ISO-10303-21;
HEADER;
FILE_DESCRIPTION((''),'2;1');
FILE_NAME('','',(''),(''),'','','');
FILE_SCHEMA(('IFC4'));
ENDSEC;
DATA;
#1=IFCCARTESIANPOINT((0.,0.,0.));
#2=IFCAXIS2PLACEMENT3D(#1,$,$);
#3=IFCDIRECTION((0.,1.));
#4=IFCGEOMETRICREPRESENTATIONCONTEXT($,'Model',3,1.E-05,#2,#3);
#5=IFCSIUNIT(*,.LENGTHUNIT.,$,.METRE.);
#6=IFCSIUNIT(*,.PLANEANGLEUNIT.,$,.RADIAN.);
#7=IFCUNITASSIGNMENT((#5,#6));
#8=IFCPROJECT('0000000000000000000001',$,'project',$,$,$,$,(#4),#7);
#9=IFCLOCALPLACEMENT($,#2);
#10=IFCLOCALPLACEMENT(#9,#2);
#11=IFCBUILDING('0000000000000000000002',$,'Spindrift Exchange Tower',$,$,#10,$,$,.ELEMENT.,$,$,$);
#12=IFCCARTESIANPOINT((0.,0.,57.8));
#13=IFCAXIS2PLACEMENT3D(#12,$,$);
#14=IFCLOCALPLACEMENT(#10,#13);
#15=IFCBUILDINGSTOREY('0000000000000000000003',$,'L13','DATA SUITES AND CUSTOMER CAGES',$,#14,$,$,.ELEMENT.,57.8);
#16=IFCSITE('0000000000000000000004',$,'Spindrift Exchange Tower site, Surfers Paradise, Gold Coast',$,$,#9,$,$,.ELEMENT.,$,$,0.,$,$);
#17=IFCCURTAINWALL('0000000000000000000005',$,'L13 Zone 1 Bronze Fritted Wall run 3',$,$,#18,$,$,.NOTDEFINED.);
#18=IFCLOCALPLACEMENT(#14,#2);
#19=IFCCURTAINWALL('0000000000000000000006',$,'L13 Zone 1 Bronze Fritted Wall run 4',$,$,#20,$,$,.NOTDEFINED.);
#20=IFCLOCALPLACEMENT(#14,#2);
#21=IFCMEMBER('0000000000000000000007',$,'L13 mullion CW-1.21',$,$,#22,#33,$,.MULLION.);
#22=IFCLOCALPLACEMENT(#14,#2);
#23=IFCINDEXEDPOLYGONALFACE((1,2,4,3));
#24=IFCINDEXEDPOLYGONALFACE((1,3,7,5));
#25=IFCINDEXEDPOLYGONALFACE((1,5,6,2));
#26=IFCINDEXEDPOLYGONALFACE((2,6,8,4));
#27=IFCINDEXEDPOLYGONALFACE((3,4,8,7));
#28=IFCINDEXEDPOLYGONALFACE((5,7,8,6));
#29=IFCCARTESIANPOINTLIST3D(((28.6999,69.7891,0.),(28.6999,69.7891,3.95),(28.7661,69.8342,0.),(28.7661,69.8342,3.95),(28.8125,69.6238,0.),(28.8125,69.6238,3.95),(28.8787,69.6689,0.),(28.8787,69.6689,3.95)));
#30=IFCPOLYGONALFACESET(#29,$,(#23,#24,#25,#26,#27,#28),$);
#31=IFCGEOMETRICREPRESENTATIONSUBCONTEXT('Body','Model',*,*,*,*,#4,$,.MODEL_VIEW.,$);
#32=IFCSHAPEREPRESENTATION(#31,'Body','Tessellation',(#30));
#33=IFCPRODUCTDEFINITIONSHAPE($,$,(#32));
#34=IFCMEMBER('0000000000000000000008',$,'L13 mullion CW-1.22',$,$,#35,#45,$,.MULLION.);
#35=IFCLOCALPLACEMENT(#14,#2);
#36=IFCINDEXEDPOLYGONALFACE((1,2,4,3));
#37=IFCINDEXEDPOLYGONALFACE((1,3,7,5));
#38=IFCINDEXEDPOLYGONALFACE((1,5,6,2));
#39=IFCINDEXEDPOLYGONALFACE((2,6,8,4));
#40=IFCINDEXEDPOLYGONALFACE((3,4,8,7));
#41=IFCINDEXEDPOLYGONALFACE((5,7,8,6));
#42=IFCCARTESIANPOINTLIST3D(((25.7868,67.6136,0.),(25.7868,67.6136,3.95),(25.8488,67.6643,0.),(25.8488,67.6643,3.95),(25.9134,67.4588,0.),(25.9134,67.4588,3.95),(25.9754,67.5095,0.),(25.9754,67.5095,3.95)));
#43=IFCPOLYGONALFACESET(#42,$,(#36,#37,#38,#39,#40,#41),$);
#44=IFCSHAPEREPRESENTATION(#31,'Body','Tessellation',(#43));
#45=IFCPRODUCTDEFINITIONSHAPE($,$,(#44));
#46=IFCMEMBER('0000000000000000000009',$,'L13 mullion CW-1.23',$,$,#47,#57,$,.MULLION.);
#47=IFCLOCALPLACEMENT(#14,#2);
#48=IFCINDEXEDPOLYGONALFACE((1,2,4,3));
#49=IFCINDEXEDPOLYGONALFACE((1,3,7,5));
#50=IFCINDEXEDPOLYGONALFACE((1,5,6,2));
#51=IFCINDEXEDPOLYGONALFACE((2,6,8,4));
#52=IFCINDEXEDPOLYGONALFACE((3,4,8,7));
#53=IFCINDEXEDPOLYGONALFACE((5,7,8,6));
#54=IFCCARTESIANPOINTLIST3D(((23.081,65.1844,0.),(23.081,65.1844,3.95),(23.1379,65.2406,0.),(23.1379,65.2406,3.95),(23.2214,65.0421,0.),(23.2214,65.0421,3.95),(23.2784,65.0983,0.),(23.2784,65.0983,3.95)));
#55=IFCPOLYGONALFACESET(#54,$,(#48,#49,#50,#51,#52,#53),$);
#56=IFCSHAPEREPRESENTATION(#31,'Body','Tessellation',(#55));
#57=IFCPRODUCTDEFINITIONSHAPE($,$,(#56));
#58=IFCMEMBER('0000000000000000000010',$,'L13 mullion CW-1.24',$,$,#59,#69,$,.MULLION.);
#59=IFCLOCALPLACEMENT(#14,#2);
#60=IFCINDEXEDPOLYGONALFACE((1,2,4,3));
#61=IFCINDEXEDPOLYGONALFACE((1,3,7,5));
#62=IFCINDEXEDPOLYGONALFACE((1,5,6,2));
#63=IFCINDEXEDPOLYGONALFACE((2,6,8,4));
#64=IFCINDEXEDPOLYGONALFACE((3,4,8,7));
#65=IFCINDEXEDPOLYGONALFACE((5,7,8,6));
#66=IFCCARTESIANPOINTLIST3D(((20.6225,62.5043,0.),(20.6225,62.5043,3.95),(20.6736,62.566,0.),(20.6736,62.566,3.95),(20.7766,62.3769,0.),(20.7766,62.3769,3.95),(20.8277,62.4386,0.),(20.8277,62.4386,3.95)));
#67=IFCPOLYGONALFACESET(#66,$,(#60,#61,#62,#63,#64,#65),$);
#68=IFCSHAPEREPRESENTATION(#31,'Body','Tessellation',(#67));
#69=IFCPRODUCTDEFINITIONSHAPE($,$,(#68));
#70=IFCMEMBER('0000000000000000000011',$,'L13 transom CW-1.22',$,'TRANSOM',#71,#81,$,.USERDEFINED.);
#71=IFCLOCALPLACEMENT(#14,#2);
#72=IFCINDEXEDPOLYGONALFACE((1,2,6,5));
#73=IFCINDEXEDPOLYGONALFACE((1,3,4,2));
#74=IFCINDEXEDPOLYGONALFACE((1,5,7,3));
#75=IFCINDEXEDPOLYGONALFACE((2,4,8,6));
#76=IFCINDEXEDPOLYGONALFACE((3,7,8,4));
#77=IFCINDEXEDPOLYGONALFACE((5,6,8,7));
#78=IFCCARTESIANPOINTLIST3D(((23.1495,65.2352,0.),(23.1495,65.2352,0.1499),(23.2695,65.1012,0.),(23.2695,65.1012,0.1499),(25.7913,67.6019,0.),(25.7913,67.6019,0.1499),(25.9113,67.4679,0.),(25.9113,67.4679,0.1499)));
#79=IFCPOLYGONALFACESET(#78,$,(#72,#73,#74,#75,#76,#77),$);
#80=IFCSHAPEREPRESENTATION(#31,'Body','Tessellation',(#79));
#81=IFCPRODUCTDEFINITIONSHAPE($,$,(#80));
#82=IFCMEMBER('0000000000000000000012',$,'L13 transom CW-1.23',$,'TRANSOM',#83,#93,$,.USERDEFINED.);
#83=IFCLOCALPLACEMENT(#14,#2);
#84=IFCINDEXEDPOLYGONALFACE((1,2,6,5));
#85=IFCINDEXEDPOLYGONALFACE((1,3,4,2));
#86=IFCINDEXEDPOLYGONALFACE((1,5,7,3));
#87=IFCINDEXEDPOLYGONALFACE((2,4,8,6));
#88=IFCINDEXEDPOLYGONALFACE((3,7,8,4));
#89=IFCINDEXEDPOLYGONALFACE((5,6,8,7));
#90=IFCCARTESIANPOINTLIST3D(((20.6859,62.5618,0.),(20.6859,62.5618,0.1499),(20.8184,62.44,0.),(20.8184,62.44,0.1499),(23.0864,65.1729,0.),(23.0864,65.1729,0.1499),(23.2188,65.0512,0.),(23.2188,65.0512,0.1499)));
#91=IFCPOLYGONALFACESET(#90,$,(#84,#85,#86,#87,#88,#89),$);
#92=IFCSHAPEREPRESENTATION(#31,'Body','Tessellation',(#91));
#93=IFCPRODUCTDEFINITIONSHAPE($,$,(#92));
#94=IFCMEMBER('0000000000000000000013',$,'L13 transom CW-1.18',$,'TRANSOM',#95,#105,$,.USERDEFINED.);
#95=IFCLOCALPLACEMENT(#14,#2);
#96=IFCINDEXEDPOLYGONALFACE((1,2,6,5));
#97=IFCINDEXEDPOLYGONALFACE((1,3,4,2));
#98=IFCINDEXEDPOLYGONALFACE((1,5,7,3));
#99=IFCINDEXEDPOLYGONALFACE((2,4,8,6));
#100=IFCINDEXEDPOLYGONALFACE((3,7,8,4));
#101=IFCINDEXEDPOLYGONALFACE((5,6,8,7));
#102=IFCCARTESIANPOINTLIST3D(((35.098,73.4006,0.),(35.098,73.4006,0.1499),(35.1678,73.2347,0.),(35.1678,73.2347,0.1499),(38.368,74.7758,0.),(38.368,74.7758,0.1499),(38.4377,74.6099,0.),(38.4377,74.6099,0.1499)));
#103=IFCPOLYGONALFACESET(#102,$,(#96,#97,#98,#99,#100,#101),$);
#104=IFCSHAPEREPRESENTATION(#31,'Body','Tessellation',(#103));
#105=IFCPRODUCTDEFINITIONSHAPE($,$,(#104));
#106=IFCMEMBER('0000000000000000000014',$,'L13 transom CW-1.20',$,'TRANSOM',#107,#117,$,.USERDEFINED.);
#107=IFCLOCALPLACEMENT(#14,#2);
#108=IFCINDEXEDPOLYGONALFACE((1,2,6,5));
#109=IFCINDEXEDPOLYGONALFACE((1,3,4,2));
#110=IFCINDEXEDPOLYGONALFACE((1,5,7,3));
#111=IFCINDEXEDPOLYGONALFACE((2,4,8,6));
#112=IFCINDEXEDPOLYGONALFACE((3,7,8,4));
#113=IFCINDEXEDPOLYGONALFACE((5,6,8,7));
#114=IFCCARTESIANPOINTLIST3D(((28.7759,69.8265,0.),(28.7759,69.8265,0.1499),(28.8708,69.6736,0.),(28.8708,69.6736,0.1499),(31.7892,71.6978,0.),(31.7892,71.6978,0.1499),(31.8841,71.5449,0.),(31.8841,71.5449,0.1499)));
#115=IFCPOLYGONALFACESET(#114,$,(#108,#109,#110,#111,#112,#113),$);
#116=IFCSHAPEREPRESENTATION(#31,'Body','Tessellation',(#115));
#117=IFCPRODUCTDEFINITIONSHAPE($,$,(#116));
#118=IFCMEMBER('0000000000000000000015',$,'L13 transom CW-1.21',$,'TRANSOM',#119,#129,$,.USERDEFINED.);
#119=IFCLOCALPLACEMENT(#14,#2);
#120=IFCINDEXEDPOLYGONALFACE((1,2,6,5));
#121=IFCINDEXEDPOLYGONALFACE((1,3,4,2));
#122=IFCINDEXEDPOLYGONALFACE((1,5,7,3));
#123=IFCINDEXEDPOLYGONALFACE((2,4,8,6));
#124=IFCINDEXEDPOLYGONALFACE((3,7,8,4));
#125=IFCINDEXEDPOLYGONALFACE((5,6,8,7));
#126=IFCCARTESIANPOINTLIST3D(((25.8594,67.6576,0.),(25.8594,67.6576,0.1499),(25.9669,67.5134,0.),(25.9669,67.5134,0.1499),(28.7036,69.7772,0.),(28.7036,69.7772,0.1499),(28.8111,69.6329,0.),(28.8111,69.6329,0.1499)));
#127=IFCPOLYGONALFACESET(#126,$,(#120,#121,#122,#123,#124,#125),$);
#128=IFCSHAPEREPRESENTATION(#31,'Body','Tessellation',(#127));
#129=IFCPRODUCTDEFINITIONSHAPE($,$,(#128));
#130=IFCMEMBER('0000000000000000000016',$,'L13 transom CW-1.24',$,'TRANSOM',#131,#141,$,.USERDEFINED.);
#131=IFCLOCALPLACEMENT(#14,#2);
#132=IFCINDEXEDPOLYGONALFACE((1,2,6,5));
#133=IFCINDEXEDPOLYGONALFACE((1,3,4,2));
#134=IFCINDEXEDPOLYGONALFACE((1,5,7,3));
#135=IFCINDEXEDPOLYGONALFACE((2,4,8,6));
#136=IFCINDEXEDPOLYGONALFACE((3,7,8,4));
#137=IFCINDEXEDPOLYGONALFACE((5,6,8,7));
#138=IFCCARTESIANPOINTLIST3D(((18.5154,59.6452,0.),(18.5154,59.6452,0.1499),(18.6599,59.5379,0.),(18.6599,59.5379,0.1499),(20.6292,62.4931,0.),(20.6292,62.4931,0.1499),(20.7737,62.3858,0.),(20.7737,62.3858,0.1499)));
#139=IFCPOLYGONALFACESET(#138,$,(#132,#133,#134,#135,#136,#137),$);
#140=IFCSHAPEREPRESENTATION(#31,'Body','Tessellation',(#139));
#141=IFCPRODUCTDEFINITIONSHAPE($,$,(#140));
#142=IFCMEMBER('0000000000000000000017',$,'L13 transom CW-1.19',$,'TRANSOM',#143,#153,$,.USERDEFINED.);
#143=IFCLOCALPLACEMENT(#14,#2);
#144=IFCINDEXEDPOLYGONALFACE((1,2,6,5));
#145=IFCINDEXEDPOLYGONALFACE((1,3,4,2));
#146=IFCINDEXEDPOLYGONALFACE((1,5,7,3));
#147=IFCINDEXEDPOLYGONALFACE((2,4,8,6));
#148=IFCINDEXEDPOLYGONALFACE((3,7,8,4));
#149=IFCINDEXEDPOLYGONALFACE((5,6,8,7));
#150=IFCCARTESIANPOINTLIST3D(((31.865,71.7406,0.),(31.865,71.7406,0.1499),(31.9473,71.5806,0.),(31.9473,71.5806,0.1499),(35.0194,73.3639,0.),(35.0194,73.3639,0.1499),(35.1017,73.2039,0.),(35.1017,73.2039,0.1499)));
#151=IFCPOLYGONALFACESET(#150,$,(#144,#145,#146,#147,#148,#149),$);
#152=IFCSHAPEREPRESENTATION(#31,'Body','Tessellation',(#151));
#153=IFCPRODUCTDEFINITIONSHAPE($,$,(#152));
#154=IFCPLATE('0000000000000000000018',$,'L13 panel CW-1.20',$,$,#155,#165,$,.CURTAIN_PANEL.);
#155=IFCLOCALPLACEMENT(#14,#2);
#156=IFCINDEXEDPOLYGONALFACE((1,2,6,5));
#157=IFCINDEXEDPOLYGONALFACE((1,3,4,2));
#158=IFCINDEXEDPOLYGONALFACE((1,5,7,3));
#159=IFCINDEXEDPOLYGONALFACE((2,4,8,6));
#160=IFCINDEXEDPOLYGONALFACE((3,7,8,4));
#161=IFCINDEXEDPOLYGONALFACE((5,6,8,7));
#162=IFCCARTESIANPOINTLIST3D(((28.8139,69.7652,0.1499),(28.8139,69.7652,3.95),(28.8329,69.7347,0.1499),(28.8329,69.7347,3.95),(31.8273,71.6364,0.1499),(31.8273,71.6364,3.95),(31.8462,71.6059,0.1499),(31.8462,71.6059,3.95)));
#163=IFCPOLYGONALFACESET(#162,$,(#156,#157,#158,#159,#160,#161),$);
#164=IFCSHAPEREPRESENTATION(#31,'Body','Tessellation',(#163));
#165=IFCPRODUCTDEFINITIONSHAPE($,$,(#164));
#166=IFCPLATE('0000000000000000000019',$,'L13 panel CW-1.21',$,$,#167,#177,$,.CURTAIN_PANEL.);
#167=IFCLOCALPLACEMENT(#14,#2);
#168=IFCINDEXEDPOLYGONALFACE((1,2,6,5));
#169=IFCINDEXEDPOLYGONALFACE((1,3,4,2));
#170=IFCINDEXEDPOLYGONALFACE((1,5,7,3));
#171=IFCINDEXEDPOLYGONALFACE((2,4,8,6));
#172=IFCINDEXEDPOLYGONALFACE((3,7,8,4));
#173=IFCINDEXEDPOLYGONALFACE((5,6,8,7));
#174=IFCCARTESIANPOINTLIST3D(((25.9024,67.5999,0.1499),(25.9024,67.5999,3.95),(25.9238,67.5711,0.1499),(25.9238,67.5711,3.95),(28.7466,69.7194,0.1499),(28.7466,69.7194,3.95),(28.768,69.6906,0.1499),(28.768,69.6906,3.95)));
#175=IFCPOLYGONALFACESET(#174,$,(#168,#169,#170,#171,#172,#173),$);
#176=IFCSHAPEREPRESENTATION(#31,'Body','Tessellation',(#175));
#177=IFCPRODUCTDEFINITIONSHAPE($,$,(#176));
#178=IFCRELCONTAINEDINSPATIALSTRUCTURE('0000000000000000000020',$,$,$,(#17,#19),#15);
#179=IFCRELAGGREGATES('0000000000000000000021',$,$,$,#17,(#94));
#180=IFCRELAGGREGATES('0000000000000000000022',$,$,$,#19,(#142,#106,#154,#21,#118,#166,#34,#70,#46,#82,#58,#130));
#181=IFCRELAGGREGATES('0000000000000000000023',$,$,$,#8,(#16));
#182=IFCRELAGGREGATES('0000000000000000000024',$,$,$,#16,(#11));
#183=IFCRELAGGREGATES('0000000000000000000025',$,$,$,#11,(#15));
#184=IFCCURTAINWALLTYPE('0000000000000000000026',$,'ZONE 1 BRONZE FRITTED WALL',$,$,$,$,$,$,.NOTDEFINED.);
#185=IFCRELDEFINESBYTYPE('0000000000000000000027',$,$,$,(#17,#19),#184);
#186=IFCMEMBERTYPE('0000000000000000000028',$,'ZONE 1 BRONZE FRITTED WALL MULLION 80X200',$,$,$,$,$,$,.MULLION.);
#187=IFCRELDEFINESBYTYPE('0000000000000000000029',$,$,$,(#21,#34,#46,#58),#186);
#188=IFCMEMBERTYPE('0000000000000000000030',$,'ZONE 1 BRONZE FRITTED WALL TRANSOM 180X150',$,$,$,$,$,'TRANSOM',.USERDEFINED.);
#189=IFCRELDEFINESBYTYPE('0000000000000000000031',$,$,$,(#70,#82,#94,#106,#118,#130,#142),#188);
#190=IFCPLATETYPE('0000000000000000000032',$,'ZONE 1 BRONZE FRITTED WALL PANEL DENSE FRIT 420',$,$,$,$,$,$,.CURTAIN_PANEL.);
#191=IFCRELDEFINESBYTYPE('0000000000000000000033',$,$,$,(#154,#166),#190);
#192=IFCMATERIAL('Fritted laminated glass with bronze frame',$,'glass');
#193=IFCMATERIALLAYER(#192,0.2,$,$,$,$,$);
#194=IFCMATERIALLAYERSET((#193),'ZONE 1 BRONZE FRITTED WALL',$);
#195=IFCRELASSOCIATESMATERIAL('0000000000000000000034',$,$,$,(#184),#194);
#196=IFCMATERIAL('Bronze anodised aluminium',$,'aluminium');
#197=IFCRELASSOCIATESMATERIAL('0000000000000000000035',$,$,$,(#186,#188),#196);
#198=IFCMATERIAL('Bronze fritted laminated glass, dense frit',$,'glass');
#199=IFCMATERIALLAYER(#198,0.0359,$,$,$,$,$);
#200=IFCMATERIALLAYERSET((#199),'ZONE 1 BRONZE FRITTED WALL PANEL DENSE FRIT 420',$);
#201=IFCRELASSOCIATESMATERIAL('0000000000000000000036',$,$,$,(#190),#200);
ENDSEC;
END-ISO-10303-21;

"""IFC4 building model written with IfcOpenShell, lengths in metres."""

from ifc_helpers import new_model, si_unit, direction, frame, origin, origin_2d, place, context, subcontext, project, spatial, rectangle, extrude, source, transform, mapped, material, layer, layer_set, material_profile, profile_set, type_object, element, aggregate, save


model = new_model("IFC4")

# Units and contexts
model_context = context("Model", 3, precision=1e-05, world=origin(), true_north=direction((0.0, 1.0)))
body_context = subcontext(model_context, "Body", "Model", "MODEL_VIEW")
ifc_project = project(units=[si_unit("LENGTHUNIT", "METRE"), si_unit("PLANEANGLEUNIT", "RADIAN")], contexts=[model_context])

# Site, building, storey
site_placement = place(None, origin())
site = spatial("IfcSite", under=ifc_project, at=site_placement, Name="Spindrift Exchange Tower site, Surfers Paradise, Gold Coast", CompositionType="ELEMENT", RefElevation=0.0)
building_placement = place(site_placement, origin())
building = spatial("IfcBuilding", under=site, at=building_placement, Name="Spindrift Exchange Tower", CompositionType="ELEMENT")
storey_placement = place(building_placement, frame((0.0, 0.0, 57.8)))
storey = spatial("IfcBuildingStorey", under=building, at=storey_placement, Name="L13", Description="DATA SUITES AND CUSTOMER CAGES", CompositionType="ELEMENT", Elevation=57.8)

# Curtain wall
ifc_material_1 = material(Name="Fritted laminated glass with bronze frame", Category="glass")
ifc_layer_1 = layer(ifc_material_1, 0.2)
ifc_layer_set_1 = layer_set([ifc_layer_1], Name="ZONE 1 BRONZE FRITTED WALL")
curtain_wall_type = type_object("IfcCurtainWallType", Name="ZONE 1 BRONZE FRITTED WALL", PredefinedType="NOTDEFINED", material=ifc_layer_set_1)
curtain_wall_1_placement = place(storey_placement, origin())
curtain_wall_1 = element("IfcCurtainWall", 1, at=curtain_wall_1_placement, inside=storey, type_object=curtain_wall_type, Name="L13 Zone 1 Bronze Fritted Wall run 3", PredefinedType="NOTDEFINED")
ifc_material_2 = material(Name="Bronze anodised aluminium", Category="aluminium")
ifc_material_profile_1 = material_profile(ifc_material_2, rectangle(XDim=0.0801, YDim=0.2, at=origin_2d()), Name="ZONE 1 BRONZE FRITTED WALL MULLION 80X200")
ifc_profile_set_1 = profile_set([ifc_material_profile_1], Name="Bronze anodised aluminium")
member_type_1 = type_object("IfcMemberType", Name="ZONE 1 BRONZE FRITTED WALL MULLION 80X200", PredefinedType="MULLION", material=ifc_profile_set_1)
shared_shape_1 = source(origin(), body_context, "Body", "SweptSolid", [
    extrude(rectangle(XDim=0.0801, YDim=0.2, at=origin_2d()), origin(), (0.0, 0.0, 1.0), 3.95),
])

# Curtain wall, members
curtain_wall_2_placement = place(storey_placement, origin())
curtain_wall_2 = element("IfcCurtainWall", 2, at=curtain_wall_2_placement, inside=storey, type_object=curtain_wall_type, Name="L13 Zone 1 Bronze Fritted Wall run 4", PredefinedType="NOTDEFINED")
member_1_placement = place(storey_placement, frame((28.7893, 69.729, 0.0), z_axis=(0.0, 0.0, 1.0), x_axis=(-0.826425, -0.563047, 0.0)))
member_1 = element("IfcMember", 3, at=member_1_placement, type_object=member_type_1, Name="L13 mullion CW-1.21", PredefinedType="MULLION", context=body_context, shape_type="MappedRepresentation", body=[
    mapped(shared_shape_1, transform((0.0, 0.0, 0.0), scale=1.0)),
])
member_2_placement = place(storey_placement, frame((25.8811, 67.5615, 0.0), z_axis=(0.0, 0.0, 1.0), x_axis=(-0.774104, -0.633059, 0.0)))
member_2 = element("IfcMember", 4, at=member_2_placement, type_object=member_type_1, Name="L13 mullion CW-1.22", PredefinedType="MULLION", context=body_context, shape_type="MappedRepresentation", body=[
    mapped(shared_shape_1, transform((0.0, 0.0, 0.0), scale=1.0)),
])
member_3_placement = place(storey_placement, frame((23.1797, 65.1414, 0.0), z_axis=(0.0, 0.0, 1.0), x_axis=(-0.711625, -0.702559, 0.0)))
member_3 = element("IfcMember", 5, at=member_3_placement, type_object=member_type_1, Name="L13 mullion CW-1.23", PredefinedType="MULLION", context=body_context, shape_type="MappedRepresentation", body=[
    mapped(shared_shape_1, transform((0.0, 0.0, 0.0), scale=1.0)),
])
member_4_placement = place(storey_placement, frame((20.7251, 62.4714, 0.0), z_axis=(0.0, 0.0, 1.0), x_axis=(-0.637263, -0.770647, 0.0)))
member_4 = element("IfcMember", 6, at=member_4_placement, type_object=member_type_1, Name="L13 mullion CW-1.24", PredefinedType="MULLION", context=body_context, shape_type="MappedRepresentation", body=[
    mapped(shared_shape_1, transform((0.0, 0.0, 0.0), scale=1.0)),
])
ifc_material_profile_2 = material_profile(ifc_material_2, rectangle(XDim=0.1799, YDim=0.1499, at=origin_2d()), Name="ZONE 1 BRONZE FRITTED WALL TRANSOM 180X150")
ifc_profile_set_2 = profile_set([ifc_material_profile_2], Name="Bronze anodised aluminium")
member_type_2 = type_object("IfcMemberType", Name="ZONE 1 BRONZE FRITTED WALL TRANSOM 180X150", ElementType="TRANSOM", PredefinedType="USERDEFINED", material=ifc_profile_set_2)
shared_shape_2 = source(origin(), body_context, "Body", "SweptSolid", [
    extrude(rectangle(XDim=0.1799, YDim=0.1499, at=origin_2d()), origin(), (0.0, 0.0, 1.0), 3.5469),
])
member_5_placement = place(storey_placement, frame((25.8513, 67.5349, 0.075), z_axis=(-0.744829, -0.667255, 0.0), x_axis=(0.667255, -0.744829, 0.0)))
member_5 = element("IfcMember", 7, at=member_5_placement, type_object=member_type_2, Name="L13 transom CW-1.22", ObjectType="TRANSOM", PredefinedType="USERDEFINED", context=body_context, shape_type="MappedRepresentation", body=[
    mapped(shared_shape_2, transform((0.0, 0.0, 0.0), scale=1.0)),
])
member_6_placement = place(storey_placement, frame((23.1526, 65.1121, 0.075), z_axis=(-0.676781, -0.736185, 0.0), x_axis=(0.736185, -0.676781, 0.0)))
member_6 = element("IfcMember", 8, at=member_6_placement, type_object=member_type_2, Name="L13 transom CW-1.23", ObjectType="TRANSOM", PredefinedType="USERDEFINED", context=body_context, shape_type="MappedRepresentation", body=[
    mapped(shared_shape_2, transform((0.0, 0.0, 0.0), scale=1.0)),
])

# Members
shared_shape_3 = source(origin(), body_context, "Body", "SweptSolid", [
    extrude(rectangle(XDim=0.1799, YDim=0.1499, at=origin_2d()), origin(), (0.0, 0.0, 1.0), 3.5474),
])
member_7_placement = place(storey_placement, frame((38.4028, 74.6929, 0.075), z_axis=(-0.921797, -0.387672, 0.0), x_axis=(0.387672, -0.921797, 0.0)))
member_7 = element("IfcMember", 9, at=member_7_placement, type_object=member_type_2, Name="L13 transom CW-1.18", ObjectType="TRANSOM", PredefinedType="USERDEFINED", context=body_context, shape_type="MappedRepresentation", body=[
    mapped(shared_shape_3, transform((0.0, 0.0, 0.0), scale=1.0)),
])
shared_shape_4 = source(origin(), body_context, "Body", "SweptSolid", [
    extrude(rectangle(XDim=0.1799, YDim=0.1499, at=origin_2d()), origin(), (0.0, 0.0, 1.0), 3.5471),
])
member_8_placement = place(storey_placement, frame((31.8367, 71.6213, 0.075), z_axis=(-0.849522, -0.527553, 0.0), x_axis=(0.527553, -0.849522, 0.0)))
member_8 = element("IfcMember", 10, at=member_8_placement, type_object=member_type_2, Name="L13 transom CW-1.20", ObjectType="TRANSOM", PredefinedType="USERDEFINED", context=body_context, shape_type="MappedRepresentation", body=[
    mapped(shared_shape_4, transform((0.0, 0.0, 0.0), scale=1.0)),
])
member_9_placement = place(storey_placement, frame((28.7573, 69.7051, 0.075), z_axis=(-0.80183, -0.597552, 0.0), x_axis=(0.597552, -0.80183, 0.0)))
member_9 = element("IfcMember", 11, at=member_9_placement, type_object=member_type_2, Name="L13 transom CW-1.21", ObjectType="TRANSOM", PredefinedType="USERDEFINED", context=body_context, shape_type="MappedRepresentation", body=[
    mapped(shared_shape_4, transform((0.0, 0.0, 0.0), scale=1.0)),
])
shared_shape_5 = source(origin(), body_context, "Body", "SweptSolid", [
    extrude(rectangle(XDim=0.1799, YDim=0.1499, at=origin_2d()), origin(), (0.0, 0.0, 1.0), 3.5466),
])
member_10_placement = place(storey_placement, frame((20.7014, 62.4395, 0.075), z_axis=(-0.595994, -0.802989, 0.0), x_axis=(0.802989, -0.595994, 0.0)))
member_10 = element("IfcMember", 12, at=member_10_placement, type_object=member_type_2, Name="L13 transom CW-1.24", ObjectType="TRANSOM", PredefinedType="USERDEFINED", context=body_context, shape_type="MappedRepresentation", body=[
    mapped(shared_shape_5, transform((0.0, 0.0, 0.0), scale=1.0)),
])
shared_shape_6 = source(origin(), body_context, "Body", "SweptSolid", [
    extrude(rectangle(XDim=0.1799, YDim=0.1499, at=origin_2d()), origin(), (0.0, 0.0, 1.0), 3.5476),
])
member_11_placement = place(storey_placement, frame((35.0605, 73.2839, 0.075), z_axis=(-0.889164, -0.457589, 0.0), x_axis=(0.457589, -0.889164, 0.0)))
member_11 = element("IfcMember", 13, at=member_11_placement, type_object=member_type_2, Name="L13 transom CW-1.19", ObjectType="TRANSOM", PredefinedType="USERDEFINED", context=body_context, shape_type="MappedRepresentation", body=[
    mapped(shared_shape_6, transform((0.0, 0.0, 0.0), scale=1.0)),
])

# Plates
ifc_material_3 = material(Name="Bronze fritted laminated glass, dense frit", Category="glass")
ifc_layer_2 = layer(ifc_material_3, 0.0359)
ifc_layer_set_2 = layer_set([ifc_layer_2], Name="ZONE 1 BRONZE FRITTED WALL PANEL DENSE FRIT 420")
plate_type_1 = type_object("IfcPlateType", Name="ZONE 1 BRONZE FRITTED WALL PANEL DENSE FRIT 420", PredefinedType="CURTAIN_PANEL", material=ifc_layer_set_2)
shared_shape_7 = source(origin(), body_context, "Body", "SweptSolid", [
    extrude(rectangle(XDim=3.5471, YDim=0.0359, at=origin_2d()), origin(), (0.0, 0.0, 1.0), 3.8),
])
plate_1_placement = place(storey_placement, frame((30.3301, 70.6855, 0.1499), z_axis=(0.0, 0.0, 1.0), x_axis=(-0.849528, -0.527543, 0.0)))
plate_1 = element("IfcPlate", 14, at=plate_1_placement, type_object=plate_type_1, Name="L13 panel CW-1.20", PredefinedType="CURTAIN_PANEL", context=body_context, shape_type="MappedRepresentation", body=[
    mapped(shared_shape_7, transform((0.0, 0.0, 0.0), scale=1.0)),
])
plate_2_placement = place(storey_placement, frame((27.3352, 68.6453, 0.1499), z_axis=(0.0, 0.0, 1.0), x_axis=(-0.801839, -0.59754, 0.0)))
plate_2 = element("IfcPlate", 15, at=plate_2_placement, type_object=plate_type_1, Name="L13 panel CW-1.21", PredefinedType="CURTAIN_PANEL", context=body_context, shape_type="MappedRepresentation", body=[
    mapped(shared_shape_7, transform((0.0, 0.0, 0.0), scale=1.0)),
])
aggregate(curtain_wall_1, [member_7])
aggregate(curtain_wall_2, [member_11, member_8, plate_1, member_1, member_9, plate_2, member_2, member_5, member_3, member_6, member_4, member_10])

save(model, "model.ifc")
